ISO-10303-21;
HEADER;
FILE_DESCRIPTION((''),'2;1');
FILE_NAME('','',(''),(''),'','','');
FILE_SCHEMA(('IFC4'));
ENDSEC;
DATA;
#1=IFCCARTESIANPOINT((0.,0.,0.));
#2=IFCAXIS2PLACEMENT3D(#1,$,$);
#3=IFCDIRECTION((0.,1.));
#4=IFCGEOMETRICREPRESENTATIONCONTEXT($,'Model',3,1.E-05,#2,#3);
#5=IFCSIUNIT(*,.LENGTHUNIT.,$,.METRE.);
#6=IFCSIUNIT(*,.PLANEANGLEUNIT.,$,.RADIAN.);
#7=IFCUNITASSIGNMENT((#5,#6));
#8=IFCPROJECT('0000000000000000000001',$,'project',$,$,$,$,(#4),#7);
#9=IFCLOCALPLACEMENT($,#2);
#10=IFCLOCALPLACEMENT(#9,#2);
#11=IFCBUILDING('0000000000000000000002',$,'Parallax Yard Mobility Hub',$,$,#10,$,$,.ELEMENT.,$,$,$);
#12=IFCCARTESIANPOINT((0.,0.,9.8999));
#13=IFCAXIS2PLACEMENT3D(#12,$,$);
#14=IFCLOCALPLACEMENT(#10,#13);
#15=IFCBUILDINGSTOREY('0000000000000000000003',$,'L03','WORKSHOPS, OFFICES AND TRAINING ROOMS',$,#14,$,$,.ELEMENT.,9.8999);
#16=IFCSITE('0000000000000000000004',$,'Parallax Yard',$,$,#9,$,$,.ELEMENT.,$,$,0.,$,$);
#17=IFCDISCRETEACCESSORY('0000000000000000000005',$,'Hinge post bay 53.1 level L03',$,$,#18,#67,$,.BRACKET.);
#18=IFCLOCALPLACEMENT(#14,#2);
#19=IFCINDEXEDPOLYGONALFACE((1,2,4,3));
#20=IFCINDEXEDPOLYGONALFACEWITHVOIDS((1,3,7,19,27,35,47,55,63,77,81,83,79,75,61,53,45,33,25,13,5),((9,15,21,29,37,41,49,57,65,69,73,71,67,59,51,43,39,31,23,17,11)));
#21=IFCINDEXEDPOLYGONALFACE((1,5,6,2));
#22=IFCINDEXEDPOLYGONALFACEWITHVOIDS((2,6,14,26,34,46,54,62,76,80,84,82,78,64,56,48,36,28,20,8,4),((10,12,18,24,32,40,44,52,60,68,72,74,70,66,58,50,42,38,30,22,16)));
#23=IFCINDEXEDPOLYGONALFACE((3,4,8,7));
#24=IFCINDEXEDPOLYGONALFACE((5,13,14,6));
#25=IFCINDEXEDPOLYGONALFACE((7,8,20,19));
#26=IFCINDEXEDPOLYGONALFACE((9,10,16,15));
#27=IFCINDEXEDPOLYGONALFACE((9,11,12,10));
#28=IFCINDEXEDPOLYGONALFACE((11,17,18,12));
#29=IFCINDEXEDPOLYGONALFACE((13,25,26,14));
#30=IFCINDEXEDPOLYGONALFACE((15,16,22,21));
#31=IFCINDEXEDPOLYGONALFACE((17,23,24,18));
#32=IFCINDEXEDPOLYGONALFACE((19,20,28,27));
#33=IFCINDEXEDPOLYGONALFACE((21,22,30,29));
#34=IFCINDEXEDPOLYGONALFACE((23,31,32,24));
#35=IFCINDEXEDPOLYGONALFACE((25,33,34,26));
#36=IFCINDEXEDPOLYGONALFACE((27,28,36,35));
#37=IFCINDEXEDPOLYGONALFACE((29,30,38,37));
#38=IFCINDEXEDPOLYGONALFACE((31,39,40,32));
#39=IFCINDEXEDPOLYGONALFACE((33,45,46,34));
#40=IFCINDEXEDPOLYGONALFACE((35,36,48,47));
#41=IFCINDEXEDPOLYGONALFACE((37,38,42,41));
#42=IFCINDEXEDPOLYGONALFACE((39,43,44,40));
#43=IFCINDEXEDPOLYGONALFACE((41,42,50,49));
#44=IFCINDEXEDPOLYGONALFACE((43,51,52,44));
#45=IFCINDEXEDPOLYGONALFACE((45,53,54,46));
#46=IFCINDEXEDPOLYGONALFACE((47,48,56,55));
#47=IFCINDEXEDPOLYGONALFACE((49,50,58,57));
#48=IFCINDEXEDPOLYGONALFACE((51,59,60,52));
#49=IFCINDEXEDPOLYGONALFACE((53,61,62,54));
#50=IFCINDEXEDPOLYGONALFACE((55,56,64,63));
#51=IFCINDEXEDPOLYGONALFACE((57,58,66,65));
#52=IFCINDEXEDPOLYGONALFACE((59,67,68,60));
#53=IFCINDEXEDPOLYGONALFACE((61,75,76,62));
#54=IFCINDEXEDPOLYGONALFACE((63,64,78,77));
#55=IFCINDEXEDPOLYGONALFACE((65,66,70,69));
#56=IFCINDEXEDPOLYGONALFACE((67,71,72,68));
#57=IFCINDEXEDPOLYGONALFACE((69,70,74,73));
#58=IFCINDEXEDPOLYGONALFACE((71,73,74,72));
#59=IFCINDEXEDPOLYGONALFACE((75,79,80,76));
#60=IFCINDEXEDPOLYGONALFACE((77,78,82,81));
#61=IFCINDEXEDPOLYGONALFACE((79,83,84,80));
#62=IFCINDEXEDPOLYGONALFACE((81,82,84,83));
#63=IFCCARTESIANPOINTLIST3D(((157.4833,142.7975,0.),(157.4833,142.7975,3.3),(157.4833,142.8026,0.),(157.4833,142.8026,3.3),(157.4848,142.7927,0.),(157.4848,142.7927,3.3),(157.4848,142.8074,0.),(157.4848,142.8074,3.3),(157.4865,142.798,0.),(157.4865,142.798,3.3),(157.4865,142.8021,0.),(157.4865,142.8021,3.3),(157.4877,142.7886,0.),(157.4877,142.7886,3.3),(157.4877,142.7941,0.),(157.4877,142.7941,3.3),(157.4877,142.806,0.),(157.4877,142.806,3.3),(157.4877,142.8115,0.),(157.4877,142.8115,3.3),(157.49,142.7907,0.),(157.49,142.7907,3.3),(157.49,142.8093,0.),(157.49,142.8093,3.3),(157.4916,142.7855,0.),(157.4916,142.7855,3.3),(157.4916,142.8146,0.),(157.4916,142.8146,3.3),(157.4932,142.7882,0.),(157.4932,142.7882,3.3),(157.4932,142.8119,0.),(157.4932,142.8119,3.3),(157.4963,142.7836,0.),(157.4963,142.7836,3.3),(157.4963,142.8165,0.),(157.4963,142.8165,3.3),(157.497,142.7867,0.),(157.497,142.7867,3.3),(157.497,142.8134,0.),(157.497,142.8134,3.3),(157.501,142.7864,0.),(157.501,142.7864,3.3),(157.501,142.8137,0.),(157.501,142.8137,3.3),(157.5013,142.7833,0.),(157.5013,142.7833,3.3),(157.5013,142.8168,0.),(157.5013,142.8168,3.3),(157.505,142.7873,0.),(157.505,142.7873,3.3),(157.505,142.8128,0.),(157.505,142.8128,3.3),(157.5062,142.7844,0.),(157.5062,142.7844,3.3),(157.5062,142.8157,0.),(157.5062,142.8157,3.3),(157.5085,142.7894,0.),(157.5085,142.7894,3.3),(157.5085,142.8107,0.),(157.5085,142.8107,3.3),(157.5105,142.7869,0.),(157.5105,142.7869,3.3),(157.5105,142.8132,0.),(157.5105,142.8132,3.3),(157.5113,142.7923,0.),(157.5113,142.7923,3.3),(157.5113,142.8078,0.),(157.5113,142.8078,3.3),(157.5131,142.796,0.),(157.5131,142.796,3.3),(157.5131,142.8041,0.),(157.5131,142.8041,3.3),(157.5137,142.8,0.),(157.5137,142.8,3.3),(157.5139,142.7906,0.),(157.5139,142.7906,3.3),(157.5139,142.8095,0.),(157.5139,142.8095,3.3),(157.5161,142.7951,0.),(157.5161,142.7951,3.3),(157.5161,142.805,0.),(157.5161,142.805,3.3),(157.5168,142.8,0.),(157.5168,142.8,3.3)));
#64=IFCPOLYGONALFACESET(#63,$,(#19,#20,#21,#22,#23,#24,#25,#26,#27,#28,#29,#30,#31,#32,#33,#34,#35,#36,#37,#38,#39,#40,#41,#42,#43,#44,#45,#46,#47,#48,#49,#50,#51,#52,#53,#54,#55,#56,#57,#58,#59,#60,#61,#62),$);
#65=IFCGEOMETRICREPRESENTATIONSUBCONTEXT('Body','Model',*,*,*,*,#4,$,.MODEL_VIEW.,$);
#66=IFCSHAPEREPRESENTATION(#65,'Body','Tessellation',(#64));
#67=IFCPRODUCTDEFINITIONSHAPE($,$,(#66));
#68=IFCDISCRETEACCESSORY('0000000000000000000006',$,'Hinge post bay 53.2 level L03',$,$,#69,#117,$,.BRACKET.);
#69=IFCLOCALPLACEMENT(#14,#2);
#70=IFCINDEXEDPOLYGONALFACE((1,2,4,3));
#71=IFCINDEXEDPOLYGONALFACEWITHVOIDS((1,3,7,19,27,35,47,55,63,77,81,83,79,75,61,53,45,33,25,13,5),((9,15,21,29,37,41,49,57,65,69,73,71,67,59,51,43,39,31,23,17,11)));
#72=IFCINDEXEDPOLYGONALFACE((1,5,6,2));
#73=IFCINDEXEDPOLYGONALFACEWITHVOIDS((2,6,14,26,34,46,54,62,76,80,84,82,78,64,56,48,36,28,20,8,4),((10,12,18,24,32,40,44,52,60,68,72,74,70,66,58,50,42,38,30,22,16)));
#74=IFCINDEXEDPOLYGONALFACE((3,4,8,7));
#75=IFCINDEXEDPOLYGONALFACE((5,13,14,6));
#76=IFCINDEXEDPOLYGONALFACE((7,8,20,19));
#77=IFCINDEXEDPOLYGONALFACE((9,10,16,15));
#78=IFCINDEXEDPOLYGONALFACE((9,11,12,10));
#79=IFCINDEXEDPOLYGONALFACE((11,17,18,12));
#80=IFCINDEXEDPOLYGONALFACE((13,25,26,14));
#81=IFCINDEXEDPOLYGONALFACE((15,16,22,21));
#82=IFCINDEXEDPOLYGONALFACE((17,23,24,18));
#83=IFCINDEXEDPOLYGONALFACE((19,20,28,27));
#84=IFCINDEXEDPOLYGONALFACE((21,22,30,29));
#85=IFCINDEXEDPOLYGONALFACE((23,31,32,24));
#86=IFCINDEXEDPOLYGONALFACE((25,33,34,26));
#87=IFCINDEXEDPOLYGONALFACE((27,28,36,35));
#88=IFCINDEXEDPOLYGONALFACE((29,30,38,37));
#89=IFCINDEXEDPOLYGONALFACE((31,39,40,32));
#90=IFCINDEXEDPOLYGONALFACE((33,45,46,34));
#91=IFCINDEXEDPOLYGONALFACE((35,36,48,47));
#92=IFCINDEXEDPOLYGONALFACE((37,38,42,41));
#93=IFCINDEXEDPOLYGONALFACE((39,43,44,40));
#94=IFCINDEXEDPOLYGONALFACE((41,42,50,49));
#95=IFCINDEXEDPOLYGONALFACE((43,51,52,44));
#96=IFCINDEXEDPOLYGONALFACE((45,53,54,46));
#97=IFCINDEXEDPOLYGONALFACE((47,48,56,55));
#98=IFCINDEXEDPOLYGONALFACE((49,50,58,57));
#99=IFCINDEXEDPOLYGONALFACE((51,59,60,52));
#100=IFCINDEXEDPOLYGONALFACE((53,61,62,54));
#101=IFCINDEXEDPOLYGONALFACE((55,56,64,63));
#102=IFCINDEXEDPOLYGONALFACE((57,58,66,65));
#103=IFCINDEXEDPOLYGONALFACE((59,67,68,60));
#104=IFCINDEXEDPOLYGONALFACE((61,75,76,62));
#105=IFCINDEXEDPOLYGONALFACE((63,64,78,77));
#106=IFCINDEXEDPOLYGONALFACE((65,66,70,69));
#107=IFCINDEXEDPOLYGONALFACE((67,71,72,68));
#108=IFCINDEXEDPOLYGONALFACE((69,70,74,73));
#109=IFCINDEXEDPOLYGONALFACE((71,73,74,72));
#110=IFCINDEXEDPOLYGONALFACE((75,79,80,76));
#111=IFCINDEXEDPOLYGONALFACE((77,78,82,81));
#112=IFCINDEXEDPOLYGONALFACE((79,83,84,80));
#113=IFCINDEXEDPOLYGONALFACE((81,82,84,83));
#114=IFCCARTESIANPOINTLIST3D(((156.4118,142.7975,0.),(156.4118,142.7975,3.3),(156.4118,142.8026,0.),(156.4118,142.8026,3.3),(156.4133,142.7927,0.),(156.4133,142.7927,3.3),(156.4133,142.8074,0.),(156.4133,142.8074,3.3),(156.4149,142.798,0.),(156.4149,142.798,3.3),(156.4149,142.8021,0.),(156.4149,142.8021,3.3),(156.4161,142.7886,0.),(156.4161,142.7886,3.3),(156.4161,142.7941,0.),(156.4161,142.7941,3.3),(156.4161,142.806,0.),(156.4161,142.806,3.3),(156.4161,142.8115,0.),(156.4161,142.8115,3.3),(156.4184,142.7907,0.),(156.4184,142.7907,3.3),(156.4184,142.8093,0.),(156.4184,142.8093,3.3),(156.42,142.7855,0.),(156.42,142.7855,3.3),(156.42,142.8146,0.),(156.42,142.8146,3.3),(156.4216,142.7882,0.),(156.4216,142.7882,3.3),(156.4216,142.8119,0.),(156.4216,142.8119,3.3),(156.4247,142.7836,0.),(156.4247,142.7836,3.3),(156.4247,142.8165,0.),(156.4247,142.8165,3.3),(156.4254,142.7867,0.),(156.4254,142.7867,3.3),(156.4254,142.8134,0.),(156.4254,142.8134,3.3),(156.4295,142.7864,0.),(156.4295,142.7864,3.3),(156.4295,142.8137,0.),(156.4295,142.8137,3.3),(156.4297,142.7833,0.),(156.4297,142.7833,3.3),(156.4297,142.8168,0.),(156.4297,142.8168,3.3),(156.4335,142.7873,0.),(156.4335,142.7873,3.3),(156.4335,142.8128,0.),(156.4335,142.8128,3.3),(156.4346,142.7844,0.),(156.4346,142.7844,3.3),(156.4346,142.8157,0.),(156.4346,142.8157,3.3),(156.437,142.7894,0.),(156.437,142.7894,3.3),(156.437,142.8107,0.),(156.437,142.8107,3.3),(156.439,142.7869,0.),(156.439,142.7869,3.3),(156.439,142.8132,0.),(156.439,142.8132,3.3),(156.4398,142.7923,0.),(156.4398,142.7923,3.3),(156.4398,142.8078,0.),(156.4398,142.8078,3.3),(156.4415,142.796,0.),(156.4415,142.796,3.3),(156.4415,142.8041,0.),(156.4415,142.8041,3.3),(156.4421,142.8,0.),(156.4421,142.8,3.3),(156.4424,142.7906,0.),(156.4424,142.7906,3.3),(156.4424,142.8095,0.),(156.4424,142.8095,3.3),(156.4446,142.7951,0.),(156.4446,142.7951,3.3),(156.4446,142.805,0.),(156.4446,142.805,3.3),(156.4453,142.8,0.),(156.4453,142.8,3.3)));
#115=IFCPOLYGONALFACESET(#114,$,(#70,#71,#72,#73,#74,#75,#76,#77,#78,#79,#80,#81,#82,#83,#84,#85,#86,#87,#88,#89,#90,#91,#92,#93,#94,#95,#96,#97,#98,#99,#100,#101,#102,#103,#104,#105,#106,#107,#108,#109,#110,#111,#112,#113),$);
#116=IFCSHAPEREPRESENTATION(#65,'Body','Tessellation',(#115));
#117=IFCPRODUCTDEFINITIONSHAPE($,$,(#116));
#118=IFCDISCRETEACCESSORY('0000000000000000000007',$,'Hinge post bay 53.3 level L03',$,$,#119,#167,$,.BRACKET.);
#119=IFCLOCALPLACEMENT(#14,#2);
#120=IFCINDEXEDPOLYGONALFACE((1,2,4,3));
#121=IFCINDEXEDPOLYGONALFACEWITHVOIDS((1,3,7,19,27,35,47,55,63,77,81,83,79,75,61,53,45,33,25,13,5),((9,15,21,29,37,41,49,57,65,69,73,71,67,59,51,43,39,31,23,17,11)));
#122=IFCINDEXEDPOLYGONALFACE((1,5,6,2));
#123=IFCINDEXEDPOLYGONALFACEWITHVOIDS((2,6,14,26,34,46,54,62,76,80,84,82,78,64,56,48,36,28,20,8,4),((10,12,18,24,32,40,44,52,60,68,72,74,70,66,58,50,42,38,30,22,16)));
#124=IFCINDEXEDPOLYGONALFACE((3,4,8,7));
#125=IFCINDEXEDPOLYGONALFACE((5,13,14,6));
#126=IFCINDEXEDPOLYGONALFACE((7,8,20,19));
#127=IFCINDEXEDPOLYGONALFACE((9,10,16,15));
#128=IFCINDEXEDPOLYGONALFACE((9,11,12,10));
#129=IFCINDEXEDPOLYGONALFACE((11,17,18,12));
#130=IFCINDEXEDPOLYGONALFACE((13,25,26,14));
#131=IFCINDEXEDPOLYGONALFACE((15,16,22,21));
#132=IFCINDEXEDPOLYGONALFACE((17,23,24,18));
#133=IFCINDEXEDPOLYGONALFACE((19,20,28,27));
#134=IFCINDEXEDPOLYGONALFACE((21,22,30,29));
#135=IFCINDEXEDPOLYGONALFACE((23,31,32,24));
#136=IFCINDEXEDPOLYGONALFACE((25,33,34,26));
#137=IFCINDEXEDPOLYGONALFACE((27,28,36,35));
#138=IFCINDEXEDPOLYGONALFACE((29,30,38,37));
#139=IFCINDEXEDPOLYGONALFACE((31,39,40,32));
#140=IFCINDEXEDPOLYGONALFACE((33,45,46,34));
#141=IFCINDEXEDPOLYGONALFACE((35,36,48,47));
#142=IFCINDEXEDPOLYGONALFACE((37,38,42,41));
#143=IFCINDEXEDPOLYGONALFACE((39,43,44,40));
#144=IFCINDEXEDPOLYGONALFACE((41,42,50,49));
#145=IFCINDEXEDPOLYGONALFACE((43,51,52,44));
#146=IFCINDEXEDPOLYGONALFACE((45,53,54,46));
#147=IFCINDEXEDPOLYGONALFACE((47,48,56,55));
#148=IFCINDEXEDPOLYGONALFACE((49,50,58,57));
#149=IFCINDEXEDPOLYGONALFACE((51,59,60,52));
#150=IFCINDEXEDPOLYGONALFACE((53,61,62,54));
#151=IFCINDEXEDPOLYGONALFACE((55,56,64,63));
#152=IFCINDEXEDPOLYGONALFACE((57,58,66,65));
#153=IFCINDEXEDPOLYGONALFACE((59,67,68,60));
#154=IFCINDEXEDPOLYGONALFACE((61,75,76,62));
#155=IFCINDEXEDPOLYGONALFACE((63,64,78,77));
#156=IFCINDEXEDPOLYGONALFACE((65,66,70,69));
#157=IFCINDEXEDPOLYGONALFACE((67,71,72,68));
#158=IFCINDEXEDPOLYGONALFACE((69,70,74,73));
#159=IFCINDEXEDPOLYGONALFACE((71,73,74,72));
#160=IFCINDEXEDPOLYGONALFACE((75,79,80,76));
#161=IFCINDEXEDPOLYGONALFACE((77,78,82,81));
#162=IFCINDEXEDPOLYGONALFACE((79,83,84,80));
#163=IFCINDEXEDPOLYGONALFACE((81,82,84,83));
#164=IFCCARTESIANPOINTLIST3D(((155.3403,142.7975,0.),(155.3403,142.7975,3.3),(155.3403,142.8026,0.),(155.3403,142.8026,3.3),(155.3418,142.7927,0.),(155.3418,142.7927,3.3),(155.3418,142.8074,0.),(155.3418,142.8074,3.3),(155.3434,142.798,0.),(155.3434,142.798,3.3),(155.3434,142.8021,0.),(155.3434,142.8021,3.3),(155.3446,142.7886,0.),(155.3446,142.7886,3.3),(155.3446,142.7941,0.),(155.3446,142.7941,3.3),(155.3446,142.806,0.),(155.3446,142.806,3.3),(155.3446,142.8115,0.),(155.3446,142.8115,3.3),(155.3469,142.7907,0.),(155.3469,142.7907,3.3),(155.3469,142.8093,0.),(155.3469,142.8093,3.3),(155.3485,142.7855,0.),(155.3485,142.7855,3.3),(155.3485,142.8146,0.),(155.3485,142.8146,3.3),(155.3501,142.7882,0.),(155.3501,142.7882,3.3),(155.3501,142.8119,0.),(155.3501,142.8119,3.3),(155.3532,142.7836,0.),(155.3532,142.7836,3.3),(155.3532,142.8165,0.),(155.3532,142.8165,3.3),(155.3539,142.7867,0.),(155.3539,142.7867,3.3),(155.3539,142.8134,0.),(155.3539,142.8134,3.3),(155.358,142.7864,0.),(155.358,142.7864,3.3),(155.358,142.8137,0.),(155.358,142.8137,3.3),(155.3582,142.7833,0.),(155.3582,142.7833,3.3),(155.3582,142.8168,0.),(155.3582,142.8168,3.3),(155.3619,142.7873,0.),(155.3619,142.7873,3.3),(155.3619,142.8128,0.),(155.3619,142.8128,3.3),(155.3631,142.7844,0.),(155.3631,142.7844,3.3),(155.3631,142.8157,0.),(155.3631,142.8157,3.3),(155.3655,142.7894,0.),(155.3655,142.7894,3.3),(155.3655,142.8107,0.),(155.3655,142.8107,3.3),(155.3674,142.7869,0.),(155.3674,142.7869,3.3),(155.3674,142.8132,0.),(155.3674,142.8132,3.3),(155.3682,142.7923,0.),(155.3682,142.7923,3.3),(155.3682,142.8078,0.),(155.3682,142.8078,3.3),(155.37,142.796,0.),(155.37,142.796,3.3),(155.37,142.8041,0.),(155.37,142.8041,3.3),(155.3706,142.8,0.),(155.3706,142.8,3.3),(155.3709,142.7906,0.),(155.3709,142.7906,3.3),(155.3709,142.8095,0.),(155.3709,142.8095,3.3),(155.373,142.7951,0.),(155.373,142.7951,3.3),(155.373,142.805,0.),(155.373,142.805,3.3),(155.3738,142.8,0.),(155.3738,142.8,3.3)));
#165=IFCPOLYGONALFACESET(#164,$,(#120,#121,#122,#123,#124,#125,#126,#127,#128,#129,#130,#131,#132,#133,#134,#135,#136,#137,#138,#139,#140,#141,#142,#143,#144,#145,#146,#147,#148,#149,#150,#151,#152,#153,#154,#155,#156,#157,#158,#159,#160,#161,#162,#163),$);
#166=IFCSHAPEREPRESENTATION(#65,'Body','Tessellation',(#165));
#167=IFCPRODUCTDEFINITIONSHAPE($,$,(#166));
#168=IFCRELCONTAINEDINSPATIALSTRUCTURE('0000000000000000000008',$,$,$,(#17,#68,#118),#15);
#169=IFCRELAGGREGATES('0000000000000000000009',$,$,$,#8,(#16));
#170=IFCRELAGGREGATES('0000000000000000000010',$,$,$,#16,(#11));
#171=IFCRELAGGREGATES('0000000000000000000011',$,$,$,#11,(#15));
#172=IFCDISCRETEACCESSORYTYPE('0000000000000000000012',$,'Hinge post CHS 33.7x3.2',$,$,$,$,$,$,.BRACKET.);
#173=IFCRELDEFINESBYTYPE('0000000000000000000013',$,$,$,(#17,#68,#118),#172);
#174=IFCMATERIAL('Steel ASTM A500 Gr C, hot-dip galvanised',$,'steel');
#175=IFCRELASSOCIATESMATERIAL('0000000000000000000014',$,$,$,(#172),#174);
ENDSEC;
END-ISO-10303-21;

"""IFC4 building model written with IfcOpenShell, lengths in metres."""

from ifc_helpers import new_model, si_unit, direction, frame, origin, origin_2d, place, context, subcontext, project, spatial, hollow_circle, extrude, material, material_profile, profile_set, type_object, element, save


model = new_model("IFC4")

# Units and contexts
model_context = context("Model", 3, precision=1e-05, world=origin(), true_north=direction((0.0, 1.0)))
body_context = subcontext(model_context, "Body", "Model", "MODEL_VIEW")
ifc_project = project(units=[si_unit("LENGTHUNIT", "METRE"), si_unit("PLANEANGLEUNIT", "RADIAN")], contexts=[model_context])

# Site, building, storey
site_placement = place(None, origin())
site = spatial("IfcSite", under=ifc_project, at=site_placement, Name="Parallax Yard", CompositionType="ELEMENT", RefElevation=0.0)
building_placement = place(site_placement, origin())
building = spatial("IfcBuilding", under=site, at=building_placement, Name="Parallax Yard Mobility Hub", CompositionType="ELEMENT")
storey_placement = place(building_placement, frame((0.0, 0.0, 9.8999)))
storey = spatial("IfcBuildingStorey", under=building, at=storey_placement, Name="L03", Description="WORKSHOPS, OFFICES AND TRAINING ROOMS", CompositionType="ELEMENT", Elevation=9.8999)

# Discrete accessories
ifc_material_1 = material(Name="Steel ASTM A500 Gr C, hot-dip galvanised", Category="steel")
ifc_material_profile_1 = material_profile(ifc_material_1, hollow_circle(Radius=0.0168, WallThickness=0.0032, at=origin_2d()), Name="CHS 33.7x3.2")
ifc_profile_set_1 = profile_set([ifc_material_profile_1], Name="Steel ASTM A500 Gr C, hot-dip galvanised")
discrete_accessory_type_1 = type_object("IfcDiscreteAccessoryType", Name="Hinge post CHS 33.7x3.2", PredefinedType="BRACKET", material=ifc_profile_set_1)
for number, where, z_axis, x_axis, name in (
    (1, (157.5, 142.8, 0.0), (0.0, 0.0, 1.0), (1.0, 0.0, 0.0), "Hinge post bay 53.1 level L03"),
    (2, (156.4285, 142.8, 0.0), (0.0, 0.0, 1.0), (1.0, 0.0, 0.0), "Hinge post bay 53.2 level L03"),
    (3, (155.3569, 142.8, 0.0), (0.0, 0.0, 1.0), (1.0, 0.0, 0.0), "Hinge post bay 53.3 level L03"),
):
    element("IfcDiscreteAccessory", number, at=place(storey_placement, frame(where, z_axis=z_axis, x_axis=x_axis)), inside=storey, type_object=discrete_accessory_type_1, Name=name, PredefinedType="BRACKET", context=body_context, shape_type="SweptSolid", body=[
        extrude(hollow_circle(Radius=0.0168, WallThickness=0.0032, at=origin_2d()), origin(), (0.0, 0.0, 1.0), 3.3),
    ])

save(model, "model.ifc")
